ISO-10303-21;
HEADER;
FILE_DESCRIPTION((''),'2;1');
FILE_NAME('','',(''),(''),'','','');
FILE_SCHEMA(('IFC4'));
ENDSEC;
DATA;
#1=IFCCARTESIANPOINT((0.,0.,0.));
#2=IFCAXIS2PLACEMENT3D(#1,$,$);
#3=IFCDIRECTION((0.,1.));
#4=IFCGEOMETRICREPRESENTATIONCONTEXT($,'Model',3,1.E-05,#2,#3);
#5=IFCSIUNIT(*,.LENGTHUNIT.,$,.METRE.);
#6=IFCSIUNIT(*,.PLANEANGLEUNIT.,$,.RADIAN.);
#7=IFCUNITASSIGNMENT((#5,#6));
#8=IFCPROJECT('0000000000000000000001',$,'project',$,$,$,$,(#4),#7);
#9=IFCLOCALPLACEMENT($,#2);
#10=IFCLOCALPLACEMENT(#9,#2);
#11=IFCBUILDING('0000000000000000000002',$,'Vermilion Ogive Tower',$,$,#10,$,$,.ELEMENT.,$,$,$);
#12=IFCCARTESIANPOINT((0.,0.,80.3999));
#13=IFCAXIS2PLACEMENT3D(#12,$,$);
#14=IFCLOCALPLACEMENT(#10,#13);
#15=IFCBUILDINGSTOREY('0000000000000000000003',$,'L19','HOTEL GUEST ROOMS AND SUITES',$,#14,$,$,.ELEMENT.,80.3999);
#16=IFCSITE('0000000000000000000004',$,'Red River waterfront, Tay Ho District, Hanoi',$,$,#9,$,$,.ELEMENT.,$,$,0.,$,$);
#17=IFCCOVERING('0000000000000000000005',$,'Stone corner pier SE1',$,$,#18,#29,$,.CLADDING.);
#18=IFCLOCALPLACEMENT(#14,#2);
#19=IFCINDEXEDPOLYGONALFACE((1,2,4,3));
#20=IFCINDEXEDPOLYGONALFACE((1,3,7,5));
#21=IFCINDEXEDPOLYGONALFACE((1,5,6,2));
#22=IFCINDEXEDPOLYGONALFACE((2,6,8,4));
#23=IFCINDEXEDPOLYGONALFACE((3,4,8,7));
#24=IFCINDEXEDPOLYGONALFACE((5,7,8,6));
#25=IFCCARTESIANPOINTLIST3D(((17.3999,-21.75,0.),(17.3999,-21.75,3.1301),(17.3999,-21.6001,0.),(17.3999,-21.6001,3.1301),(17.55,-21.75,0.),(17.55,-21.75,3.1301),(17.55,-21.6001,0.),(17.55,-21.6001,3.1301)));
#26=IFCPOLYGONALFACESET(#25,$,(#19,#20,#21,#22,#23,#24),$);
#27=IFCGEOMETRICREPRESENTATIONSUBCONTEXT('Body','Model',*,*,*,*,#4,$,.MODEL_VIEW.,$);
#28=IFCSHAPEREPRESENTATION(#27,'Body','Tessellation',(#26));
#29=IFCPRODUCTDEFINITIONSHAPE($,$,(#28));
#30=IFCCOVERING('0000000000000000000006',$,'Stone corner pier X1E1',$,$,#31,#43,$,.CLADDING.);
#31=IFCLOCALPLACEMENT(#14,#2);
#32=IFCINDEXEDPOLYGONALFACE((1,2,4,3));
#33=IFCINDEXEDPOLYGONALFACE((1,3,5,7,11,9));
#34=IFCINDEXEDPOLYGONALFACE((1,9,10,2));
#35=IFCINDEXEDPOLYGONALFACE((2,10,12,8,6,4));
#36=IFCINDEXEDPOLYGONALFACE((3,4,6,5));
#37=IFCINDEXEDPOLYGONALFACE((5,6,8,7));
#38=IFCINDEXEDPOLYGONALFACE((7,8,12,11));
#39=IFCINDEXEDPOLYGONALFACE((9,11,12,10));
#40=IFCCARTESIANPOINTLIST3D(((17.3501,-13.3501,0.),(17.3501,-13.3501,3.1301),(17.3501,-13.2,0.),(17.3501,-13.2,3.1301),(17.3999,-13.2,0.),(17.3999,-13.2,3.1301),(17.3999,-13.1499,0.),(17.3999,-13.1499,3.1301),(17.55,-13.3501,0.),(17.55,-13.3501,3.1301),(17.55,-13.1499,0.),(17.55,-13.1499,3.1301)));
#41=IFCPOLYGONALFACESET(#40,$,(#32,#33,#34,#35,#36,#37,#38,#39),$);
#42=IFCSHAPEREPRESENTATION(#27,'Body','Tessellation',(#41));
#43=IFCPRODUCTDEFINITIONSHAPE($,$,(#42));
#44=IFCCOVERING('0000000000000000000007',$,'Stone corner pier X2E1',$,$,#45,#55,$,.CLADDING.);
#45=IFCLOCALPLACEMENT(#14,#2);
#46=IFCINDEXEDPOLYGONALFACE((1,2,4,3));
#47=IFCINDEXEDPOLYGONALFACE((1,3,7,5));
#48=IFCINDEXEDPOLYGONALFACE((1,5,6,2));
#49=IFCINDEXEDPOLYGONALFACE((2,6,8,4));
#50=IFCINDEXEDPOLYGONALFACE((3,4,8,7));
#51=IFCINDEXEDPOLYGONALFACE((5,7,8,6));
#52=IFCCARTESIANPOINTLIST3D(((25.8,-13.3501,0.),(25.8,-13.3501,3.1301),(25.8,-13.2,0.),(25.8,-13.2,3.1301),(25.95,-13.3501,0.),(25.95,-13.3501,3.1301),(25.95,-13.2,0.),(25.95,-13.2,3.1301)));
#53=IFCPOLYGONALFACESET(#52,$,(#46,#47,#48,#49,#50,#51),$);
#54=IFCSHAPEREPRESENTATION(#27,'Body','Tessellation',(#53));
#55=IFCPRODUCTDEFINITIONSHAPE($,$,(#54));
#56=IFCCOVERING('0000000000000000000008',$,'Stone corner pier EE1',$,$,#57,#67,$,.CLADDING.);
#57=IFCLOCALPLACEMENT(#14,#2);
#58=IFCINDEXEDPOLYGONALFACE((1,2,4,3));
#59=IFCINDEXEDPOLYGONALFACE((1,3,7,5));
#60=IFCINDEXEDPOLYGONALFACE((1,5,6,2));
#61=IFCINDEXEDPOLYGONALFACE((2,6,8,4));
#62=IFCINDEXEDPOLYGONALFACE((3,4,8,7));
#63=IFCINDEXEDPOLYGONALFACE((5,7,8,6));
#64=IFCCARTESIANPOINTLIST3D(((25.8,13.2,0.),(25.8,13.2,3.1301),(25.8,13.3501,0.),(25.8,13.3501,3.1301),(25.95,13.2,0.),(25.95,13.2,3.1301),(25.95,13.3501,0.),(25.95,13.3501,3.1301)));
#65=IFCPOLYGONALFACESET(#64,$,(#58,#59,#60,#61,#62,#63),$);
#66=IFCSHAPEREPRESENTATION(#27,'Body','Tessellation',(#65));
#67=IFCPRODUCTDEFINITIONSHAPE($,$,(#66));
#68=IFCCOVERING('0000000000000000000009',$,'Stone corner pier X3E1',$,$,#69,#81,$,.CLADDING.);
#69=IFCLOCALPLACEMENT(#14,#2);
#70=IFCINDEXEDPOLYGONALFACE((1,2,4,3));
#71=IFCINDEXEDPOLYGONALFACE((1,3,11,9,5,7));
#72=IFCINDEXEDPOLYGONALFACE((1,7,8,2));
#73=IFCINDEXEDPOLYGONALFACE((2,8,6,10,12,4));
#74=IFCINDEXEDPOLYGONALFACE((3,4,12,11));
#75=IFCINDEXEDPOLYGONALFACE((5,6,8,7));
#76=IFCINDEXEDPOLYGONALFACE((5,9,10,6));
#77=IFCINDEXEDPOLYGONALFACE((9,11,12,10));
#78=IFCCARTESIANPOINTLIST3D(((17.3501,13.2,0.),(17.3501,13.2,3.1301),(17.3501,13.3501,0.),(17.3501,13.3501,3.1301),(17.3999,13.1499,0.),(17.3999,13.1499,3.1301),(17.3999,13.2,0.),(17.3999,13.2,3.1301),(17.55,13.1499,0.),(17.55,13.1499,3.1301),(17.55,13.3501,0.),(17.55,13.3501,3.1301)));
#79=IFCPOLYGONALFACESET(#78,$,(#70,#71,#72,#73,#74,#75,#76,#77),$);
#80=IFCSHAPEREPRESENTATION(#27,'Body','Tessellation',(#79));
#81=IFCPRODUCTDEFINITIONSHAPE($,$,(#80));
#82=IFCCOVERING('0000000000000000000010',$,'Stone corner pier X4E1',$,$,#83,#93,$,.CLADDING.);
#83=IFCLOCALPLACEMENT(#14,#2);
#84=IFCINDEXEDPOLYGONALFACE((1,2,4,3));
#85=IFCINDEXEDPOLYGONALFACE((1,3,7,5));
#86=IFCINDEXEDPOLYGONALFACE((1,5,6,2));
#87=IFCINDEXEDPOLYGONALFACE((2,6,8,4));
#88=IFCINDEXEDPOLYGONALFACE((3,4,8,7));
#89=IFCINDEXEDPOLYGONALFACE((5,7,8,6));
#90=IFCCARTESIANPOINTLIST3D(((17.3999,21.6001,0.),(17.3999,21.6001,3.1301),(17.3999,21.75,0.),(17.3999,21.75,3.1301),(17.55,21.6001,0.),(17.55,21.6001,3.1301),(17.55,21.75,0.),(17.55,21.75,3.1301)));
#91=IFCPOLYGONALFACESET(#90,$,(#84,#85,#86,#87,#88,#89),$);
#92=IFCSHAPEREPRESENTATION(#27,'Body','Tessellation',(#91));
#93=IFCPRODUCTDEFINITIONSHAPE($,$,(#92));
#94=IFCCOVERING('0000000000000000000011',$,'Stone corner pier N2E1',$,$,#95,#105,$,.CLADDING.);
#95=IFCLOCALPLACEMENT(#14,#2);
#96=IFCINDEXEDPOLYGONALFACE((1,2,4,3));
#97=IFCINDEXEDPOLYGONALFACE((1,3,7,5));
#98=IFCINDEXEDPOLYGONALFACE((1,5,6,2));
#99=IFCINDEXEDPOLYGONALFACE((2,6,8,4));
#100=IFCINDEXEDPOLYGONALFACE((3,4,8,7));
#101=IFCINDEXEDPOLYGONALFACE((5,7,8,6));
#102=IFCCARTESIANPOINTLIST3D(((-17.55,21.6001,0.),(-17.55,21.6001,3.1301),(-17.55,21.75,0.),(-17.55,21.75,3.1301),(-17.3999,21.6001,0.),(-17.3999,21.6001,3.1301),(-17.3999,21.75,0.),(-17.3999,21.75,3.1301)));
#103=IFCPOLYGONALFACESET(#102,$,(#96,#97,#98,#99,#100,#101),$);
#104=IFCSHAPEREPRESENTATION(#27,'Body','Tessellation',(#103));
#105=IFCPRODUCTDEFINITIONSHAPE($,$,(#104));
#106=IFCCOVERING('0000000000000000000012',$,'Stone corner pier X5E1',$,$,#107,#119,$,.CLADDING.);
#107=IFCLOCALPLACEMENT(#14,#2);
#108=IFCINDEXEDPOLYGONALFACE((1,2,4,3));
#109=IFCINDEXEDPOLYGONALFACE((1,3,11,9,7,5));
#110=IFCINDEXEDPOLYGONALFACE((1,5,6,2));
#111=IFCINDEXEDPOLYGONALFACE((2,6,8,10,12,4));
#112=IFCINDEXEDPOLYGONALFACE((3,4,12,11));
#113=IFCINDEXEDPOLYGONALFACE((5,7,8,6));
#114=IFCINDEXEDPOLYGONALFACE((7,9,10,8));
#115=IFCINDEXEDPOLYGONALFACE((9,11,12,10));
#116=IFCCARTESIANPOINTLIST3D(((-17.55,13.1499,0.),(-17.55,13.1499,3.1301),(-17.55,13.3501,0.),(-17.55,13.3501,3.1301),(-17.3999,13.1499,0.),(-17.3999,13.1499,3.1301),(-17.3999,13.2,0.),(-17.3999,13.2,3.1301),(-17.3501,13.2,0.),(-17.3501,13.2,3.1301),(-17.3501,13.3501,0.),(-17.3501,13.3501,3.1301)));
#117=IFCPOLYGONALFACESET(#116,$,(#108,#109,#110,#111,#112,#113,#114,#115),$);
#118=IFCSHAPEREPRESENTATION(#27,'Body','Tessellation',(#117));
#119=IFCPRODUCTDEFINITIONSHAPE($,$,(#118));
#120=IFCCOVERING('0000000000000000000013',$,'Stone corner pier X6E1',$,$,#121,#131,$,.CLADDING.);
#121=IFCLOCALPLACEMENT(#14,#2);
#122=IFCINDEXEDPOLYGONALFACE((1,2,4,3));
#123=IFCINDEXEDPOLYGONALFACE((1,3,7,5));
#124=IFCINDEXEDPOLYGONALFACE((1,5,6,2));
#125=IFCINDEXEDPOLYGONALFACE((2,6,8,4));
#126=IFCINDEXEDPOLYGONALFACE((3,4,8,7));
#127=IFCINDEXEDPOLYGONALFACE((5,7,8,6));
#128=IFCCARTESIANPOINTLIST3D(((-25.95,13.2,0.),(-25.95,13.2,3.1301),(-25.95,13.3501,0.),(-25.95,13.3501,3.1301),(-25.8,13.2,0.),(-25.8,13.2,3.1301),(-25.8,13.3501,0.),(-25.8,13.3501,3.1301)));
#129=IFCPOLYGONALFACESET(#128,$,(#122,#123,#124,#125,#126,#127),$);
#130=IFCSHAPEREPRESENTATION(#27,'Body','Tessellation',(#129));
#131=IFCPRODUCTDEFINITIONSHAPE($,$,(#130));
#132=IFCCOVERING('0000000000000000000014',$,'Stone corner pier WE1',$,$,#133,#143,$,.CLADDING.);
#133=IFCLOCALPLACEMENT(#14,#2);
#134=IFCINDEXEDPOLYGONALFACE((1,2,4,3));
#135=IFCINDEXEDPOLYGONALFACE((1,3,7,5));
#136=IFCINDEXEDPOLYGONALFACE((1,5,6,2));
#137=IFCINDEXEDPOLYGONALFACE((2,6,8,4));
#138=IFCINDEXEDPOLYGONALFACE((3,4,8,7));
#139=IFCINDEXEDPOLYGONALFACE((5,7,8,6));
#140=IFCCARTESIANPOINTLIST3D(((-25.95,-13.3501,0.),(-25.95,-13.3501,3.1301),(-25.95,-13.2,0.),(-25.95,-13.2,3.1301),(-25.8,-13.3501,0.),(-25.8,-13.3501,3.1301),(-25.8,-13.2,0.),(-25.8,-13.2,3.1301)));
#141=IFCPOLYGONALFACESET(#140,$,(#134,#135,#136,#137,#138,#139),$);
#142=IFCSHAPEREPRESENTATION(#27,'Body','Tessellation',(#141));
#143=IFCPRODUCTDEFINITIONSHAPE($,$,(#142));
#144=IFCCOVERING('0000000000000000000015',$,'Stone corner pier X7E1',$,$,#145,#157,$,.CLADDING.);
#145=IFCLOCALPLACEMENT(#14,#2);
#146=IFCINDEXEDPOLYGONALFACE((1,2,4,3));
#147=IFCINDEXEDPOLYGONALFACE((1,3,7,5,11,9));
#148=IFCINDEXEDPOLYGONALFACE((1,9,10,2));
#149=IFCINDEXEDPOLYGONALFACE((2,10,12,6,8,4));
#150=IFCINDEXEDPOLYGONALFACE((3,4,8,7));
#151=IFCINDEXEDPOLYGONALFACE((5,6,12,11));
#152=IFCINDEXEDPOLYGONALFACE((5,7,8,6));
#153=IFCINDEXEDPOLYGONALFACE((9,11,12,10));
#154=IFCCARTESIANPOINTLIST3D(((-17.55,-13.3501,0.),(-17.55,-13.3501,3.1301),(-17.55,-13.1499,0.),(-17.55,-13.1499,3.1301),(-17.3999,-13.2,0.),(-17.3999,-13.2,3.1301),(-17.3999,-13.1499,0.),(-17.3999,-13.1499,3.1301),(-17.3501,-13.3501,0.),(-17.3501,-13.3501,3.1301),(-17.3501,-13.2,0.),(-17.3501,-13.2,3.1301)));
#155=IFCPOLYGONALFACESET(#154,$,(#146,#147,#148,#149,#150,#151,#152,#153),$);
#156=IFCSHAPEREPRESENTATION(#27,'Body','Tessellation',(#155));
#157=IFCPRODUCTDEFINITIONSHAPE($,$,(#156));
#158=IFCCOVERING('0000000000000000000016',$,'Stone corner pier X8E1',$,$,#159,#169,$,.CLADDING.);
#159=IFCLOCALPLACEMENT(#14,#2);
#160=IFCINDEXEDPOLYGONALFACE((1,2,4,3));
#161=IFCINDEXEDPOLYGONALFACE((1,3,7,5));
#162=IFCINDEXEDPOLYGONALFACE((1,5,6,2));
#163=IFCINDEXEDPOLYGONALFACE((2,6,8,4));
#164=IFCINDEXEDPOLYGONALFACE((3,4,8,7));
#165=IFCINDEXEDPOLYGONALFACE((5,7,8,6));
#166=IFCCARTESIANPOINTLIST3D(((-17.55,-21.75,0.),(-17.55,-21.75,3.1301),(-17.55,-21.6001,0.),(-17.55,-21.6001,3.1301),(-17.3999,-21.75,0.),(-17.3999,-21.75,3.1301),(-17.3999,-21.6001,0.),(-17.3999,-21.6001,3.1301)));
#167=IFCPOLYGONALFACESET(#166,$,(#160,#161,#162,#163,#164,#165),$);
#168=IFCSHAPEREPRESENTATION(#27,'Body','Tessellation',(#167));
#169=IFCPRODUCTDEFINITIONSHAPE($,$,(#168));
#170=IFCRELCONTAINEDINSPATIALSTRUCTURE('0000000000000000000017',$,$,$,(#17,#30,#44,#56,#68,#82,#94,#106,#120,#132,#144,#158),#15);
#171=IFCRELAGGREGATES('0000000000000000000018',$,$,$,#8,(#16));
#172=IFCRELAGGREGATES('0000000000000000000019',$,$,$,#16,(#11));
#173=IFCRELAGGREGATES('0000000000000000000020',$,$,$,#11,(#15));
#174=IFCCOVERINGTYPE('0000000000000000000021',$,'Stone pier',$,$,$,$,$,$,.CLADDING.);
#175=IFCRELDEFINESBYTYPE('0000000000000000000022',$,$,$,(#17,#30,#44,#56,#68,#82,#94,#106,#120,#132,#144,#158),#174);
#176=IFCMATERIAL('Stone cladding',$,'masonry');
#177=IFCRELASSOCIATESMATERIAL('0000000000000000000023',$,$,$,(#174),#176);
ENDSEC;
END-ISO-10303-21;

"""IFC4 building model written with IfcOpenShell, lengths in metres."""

from ifc_helpers import new_model, si_unit, direction, frame, origin, place, context, subcontext, project, spatial, polyline, outline, extrude, material, type_object, element, save


model = new_model("IFC4")

# Units and contexts
model_context = context("Model", 3, precision=1e-05, world=origin(), true_north=direction((0.0, 1.0)))
body_context = subcontext(model_context, "Body", "Model", "MODEL_VIEW")
ifc_project = project(units=[si_unit("LENGTHUNIT", "METRE"), si_unit("PLANEANGLEUNIT", "RADIAN")], contexts=[model_context])

# Site, building, storey
site_placement = place(None, origin())
site = spatial("IfcSite", under=ifc_project, at=site_placement, Name="Red River waterfront, Tay Ho District, Hanoi", CompositionType="ELEMENT", RefElevation=0.0)
building_placement = place(site_placement, origin())
building = spatial("IfcBuilding", under=site, at=building_placement, Name="Vermilion Ogive Tower", CompositionType="ELEMENT")
storey_placement = place(building_placement, frame((0.0, 0.0, 80.3999)))
storey = spatial("IfcBuildingStorey", under=building, at=storey_placement, Name="L19", Description="HOTEL GUEST ROOMS AND SUITES", CompositionType="ELEMENT", Elevation=80.3999)

# Coverings
ifc_material_1 = material(Name="Stone cladding", Category="masonry")
covering_type_1 = type_object("IfcCoveringType", Name="Stone pier", PredefinedType="CLADDING", material=ifc_material_1)
covering_1_placement = place(storey_placement, origin())
element("IfcCovering", 1, at=covering_1_placement, inside=storey, type_object=covering_type_1, Name="Stone corner pier SE1", PredefinedType="CLADDING", context=body_context, shape_type="SweptSolid", body=[
    extrude(outline(polyline([(17.3999, -21.75), (17.3999, -21.6001), (17.3999, -21.6001), (17.55, -21.6001), (17.55, -21.75), (17.3999, -21.75)])), origin(), (0.0, 0.0, 1.0), 3.1301),
])
covering_2_placement = place(storey_placement, origin())
element("IfcCovering", 2, at=covering_2_placement, inside=storey, type_object=covering_type_1, Name="Stone corner pier X1E1", PredefinedType="CLADDING", context=body_context, shape_type="SweptSolid", body=[
    extrude(outline(polyline([(17.3501, -13.2), (17.3999, -13.2), (17.3999, -13.1499), (17.55, -13.1499), (17.55, -13.3501), (17.3501, -13.3501), (17.3501, -13.2)])), origin(), (0.0, 0.0, 1.0), 3.1301),
])
covering_3_placement = place(storey_placement, origin())
element("IfcCovering", 3, at=covering_3_placement, inside=storey, type_object=covering_type_1, Name="Stone corner pier X2E1", PredefinedType="CLADDING", context=body_context, shape_type="SweptSolid", body=[
    extrude(outline(polyline([(25.8, -13.3501), (25.8, -13.2), (25.95, -13.2), (25.95, -13.3501), (25.8, -13.3501)])), origin(), (0.0, 0.0, 1.0), 3.1301),
])
covering_4_placement = place(storey_placement, origin())
element("IfcCovering", 4, at=covering_4_placement, inside=storey, type_object=covering_type_1, Name="Stone corner pier EE1", PredefinedType="CLADDING", context=body_context, shape_type="SweptSolid", body=[
    extrude(outline(polyline([(25.95, 13.2), (25.8, 13.2), (25.8, 13.3501), (25.95, 13.3501), (25.95, 13.2)])), origin(), (0.0, 0.0, 1.0), 3.1301),
])
covering_5_placement = place(storey_placement, origin())
element("IfcCovering", 5, at=covering_5_placement, inside=storey, type_object=covering_type_1, Name="Stone corner pier X3E1", PredefinedType="CLADDING", context=body_context, shape_type="SweptSolid", body=[
    extrude(outline(polyline([(17.3999, 13.1499), (17.3999, 13.2), (17.3501, 13.2), (17.3501, 13.3501), (17.55, 13.3501), (17.55, 13.1499), (17.3999, 13.1499)])), origin(), (0.0, 0.0, 1.0), 3.1301),
])
covering_6_placement = place(storey_placement, origin())
element("IfcCovering", 6, at=covering_6_placement, inside=storey, type_object=covering_type_1, Name="Stone corner pier X4E1", PredefinedType="CLADDING", context=body_context, shape_type="SweptSolid", body=[
    extrude(outline(polyline([(17.55, 21.6001), (17.3999, 21.6001), (17.3999, 21.6001), (17.3999, 21.75), (17.55, 21.75), (17.55, 21.6001)])), origin(), (0.0, 0.0, 1.0), 3.1301),
])
covering_7_placement = place(storey_placement, origin())
element("IfcCovering", 7, at=covering_7_placement, inside=storey, type_object=covering_type_1, Name="Stone corner pier N2E1", PredefinedType="CLADDING", context=body_context, shape_type="SweptSolid", body=[
    extrude(outline(polyline([(-17.3999, 21.75), (-17.3999, 21.6001), (-17.3999, 21.6001), (-17.55, 21.6001), (-17.55, 21.75), (-17.3999, 21.75)])), origin(), (0.0, 0.0, 1.0), 3.1301),
])
covering_8_placement = place(storey_placement, origin())
element("IfcCovering", 8, at=covering_8_placement, inside=storey, type_object=covering_type_1, Name="Stone corner pier X5E1", PredefinedType="CLADDING", context=body_context, shape_type="SweptSolid", body=[
    extrude(outline(polyline([(-17.3501, 13.2), (-17.3999, 13.2), (-17.3999, 13.1499), (-17.55, 13.1499), (-17.55, 13.3501), (-17.3501, 13.3501), (-17.3501, 13.2)])), origin(), (0.0, 0.0, 1.0), 3.1301),
])
covering_9_placement = place(storey_placement, origin())
element("IfcCovering", 9, at=covering_9_placement, inside=storey, type_object=covering_type_1, Name="Stone corner pier X6E1", PredefinedType="CLADDING", context=body_context, shape_type="SweptSolid", body=[
    extrude(outline(polyline([(-25.8, 13.3501), (-25.8, 13.2), (-25.95, 13.2), (-25.95, 13.3501), (-25.8, 13.3501)])), origin(), (0.0, 0.0, 1.0), 3.1301),
])
covering_10_placement = place(storey_placement, origin())
element("IfcCovering", 10, at=covering_10_placement, inside=storey, type_object=covering_type_1, Name="Stone corner pier WE1", PredefinedType="CLADDING", context=body_context, shape_type="SweptSolid", body=[
    extrude(outline(polyline([(-25.95, -13.2), (-25.8, -13.2), (-25.8, -13.3501), (-25.95, -13.3501), (-25.95, -13.2)])), origin(), (0.0, 0.0, 1.0), 3.1301),
])
covering_11_placement = place(storey_placement, origin())
element("IfcCovering", 11, at=covering_11_placement, inside=storey, type_object=covering_type_1, Name="Stone corner pier X7E1", PredefinedType="CLADDING", context=body_context, shape_type="SweptSolid", body=[
    extrude(outline(polyline([(-17.3999, -13.1499), (-17.3999, -13.2), (-17.3501, -13.2), (-17.3501, -13.3501), (-17.55, -13.3501), (-17.55, -13.1499), (-17.3999, -13.1499)])), origin(), (0.0, 0.0, 1.0), 3.1301),
])
covering_12_placement = place(storey_placement, origin())
element("IfcCovering", 12, at=covering_12_placement, inside=storey, type_object=covering_type_1, Name="Stone corner pier X8E1", PredefinedType="CLADDING", context=body_context, shape_type="SweptSolid", body=[
    extrude(outline(polyline([(-17.55, -21.6001), (-17.3999, -21.6001), (-17.3999, -21.6001), (-17.3999, -21.75), (-17.55, -21.75), (-17.55, -21.6001)])), origin(), (0.0, 0.0, 1.0), 3.1301),
])

save(model, "model.ifc")
